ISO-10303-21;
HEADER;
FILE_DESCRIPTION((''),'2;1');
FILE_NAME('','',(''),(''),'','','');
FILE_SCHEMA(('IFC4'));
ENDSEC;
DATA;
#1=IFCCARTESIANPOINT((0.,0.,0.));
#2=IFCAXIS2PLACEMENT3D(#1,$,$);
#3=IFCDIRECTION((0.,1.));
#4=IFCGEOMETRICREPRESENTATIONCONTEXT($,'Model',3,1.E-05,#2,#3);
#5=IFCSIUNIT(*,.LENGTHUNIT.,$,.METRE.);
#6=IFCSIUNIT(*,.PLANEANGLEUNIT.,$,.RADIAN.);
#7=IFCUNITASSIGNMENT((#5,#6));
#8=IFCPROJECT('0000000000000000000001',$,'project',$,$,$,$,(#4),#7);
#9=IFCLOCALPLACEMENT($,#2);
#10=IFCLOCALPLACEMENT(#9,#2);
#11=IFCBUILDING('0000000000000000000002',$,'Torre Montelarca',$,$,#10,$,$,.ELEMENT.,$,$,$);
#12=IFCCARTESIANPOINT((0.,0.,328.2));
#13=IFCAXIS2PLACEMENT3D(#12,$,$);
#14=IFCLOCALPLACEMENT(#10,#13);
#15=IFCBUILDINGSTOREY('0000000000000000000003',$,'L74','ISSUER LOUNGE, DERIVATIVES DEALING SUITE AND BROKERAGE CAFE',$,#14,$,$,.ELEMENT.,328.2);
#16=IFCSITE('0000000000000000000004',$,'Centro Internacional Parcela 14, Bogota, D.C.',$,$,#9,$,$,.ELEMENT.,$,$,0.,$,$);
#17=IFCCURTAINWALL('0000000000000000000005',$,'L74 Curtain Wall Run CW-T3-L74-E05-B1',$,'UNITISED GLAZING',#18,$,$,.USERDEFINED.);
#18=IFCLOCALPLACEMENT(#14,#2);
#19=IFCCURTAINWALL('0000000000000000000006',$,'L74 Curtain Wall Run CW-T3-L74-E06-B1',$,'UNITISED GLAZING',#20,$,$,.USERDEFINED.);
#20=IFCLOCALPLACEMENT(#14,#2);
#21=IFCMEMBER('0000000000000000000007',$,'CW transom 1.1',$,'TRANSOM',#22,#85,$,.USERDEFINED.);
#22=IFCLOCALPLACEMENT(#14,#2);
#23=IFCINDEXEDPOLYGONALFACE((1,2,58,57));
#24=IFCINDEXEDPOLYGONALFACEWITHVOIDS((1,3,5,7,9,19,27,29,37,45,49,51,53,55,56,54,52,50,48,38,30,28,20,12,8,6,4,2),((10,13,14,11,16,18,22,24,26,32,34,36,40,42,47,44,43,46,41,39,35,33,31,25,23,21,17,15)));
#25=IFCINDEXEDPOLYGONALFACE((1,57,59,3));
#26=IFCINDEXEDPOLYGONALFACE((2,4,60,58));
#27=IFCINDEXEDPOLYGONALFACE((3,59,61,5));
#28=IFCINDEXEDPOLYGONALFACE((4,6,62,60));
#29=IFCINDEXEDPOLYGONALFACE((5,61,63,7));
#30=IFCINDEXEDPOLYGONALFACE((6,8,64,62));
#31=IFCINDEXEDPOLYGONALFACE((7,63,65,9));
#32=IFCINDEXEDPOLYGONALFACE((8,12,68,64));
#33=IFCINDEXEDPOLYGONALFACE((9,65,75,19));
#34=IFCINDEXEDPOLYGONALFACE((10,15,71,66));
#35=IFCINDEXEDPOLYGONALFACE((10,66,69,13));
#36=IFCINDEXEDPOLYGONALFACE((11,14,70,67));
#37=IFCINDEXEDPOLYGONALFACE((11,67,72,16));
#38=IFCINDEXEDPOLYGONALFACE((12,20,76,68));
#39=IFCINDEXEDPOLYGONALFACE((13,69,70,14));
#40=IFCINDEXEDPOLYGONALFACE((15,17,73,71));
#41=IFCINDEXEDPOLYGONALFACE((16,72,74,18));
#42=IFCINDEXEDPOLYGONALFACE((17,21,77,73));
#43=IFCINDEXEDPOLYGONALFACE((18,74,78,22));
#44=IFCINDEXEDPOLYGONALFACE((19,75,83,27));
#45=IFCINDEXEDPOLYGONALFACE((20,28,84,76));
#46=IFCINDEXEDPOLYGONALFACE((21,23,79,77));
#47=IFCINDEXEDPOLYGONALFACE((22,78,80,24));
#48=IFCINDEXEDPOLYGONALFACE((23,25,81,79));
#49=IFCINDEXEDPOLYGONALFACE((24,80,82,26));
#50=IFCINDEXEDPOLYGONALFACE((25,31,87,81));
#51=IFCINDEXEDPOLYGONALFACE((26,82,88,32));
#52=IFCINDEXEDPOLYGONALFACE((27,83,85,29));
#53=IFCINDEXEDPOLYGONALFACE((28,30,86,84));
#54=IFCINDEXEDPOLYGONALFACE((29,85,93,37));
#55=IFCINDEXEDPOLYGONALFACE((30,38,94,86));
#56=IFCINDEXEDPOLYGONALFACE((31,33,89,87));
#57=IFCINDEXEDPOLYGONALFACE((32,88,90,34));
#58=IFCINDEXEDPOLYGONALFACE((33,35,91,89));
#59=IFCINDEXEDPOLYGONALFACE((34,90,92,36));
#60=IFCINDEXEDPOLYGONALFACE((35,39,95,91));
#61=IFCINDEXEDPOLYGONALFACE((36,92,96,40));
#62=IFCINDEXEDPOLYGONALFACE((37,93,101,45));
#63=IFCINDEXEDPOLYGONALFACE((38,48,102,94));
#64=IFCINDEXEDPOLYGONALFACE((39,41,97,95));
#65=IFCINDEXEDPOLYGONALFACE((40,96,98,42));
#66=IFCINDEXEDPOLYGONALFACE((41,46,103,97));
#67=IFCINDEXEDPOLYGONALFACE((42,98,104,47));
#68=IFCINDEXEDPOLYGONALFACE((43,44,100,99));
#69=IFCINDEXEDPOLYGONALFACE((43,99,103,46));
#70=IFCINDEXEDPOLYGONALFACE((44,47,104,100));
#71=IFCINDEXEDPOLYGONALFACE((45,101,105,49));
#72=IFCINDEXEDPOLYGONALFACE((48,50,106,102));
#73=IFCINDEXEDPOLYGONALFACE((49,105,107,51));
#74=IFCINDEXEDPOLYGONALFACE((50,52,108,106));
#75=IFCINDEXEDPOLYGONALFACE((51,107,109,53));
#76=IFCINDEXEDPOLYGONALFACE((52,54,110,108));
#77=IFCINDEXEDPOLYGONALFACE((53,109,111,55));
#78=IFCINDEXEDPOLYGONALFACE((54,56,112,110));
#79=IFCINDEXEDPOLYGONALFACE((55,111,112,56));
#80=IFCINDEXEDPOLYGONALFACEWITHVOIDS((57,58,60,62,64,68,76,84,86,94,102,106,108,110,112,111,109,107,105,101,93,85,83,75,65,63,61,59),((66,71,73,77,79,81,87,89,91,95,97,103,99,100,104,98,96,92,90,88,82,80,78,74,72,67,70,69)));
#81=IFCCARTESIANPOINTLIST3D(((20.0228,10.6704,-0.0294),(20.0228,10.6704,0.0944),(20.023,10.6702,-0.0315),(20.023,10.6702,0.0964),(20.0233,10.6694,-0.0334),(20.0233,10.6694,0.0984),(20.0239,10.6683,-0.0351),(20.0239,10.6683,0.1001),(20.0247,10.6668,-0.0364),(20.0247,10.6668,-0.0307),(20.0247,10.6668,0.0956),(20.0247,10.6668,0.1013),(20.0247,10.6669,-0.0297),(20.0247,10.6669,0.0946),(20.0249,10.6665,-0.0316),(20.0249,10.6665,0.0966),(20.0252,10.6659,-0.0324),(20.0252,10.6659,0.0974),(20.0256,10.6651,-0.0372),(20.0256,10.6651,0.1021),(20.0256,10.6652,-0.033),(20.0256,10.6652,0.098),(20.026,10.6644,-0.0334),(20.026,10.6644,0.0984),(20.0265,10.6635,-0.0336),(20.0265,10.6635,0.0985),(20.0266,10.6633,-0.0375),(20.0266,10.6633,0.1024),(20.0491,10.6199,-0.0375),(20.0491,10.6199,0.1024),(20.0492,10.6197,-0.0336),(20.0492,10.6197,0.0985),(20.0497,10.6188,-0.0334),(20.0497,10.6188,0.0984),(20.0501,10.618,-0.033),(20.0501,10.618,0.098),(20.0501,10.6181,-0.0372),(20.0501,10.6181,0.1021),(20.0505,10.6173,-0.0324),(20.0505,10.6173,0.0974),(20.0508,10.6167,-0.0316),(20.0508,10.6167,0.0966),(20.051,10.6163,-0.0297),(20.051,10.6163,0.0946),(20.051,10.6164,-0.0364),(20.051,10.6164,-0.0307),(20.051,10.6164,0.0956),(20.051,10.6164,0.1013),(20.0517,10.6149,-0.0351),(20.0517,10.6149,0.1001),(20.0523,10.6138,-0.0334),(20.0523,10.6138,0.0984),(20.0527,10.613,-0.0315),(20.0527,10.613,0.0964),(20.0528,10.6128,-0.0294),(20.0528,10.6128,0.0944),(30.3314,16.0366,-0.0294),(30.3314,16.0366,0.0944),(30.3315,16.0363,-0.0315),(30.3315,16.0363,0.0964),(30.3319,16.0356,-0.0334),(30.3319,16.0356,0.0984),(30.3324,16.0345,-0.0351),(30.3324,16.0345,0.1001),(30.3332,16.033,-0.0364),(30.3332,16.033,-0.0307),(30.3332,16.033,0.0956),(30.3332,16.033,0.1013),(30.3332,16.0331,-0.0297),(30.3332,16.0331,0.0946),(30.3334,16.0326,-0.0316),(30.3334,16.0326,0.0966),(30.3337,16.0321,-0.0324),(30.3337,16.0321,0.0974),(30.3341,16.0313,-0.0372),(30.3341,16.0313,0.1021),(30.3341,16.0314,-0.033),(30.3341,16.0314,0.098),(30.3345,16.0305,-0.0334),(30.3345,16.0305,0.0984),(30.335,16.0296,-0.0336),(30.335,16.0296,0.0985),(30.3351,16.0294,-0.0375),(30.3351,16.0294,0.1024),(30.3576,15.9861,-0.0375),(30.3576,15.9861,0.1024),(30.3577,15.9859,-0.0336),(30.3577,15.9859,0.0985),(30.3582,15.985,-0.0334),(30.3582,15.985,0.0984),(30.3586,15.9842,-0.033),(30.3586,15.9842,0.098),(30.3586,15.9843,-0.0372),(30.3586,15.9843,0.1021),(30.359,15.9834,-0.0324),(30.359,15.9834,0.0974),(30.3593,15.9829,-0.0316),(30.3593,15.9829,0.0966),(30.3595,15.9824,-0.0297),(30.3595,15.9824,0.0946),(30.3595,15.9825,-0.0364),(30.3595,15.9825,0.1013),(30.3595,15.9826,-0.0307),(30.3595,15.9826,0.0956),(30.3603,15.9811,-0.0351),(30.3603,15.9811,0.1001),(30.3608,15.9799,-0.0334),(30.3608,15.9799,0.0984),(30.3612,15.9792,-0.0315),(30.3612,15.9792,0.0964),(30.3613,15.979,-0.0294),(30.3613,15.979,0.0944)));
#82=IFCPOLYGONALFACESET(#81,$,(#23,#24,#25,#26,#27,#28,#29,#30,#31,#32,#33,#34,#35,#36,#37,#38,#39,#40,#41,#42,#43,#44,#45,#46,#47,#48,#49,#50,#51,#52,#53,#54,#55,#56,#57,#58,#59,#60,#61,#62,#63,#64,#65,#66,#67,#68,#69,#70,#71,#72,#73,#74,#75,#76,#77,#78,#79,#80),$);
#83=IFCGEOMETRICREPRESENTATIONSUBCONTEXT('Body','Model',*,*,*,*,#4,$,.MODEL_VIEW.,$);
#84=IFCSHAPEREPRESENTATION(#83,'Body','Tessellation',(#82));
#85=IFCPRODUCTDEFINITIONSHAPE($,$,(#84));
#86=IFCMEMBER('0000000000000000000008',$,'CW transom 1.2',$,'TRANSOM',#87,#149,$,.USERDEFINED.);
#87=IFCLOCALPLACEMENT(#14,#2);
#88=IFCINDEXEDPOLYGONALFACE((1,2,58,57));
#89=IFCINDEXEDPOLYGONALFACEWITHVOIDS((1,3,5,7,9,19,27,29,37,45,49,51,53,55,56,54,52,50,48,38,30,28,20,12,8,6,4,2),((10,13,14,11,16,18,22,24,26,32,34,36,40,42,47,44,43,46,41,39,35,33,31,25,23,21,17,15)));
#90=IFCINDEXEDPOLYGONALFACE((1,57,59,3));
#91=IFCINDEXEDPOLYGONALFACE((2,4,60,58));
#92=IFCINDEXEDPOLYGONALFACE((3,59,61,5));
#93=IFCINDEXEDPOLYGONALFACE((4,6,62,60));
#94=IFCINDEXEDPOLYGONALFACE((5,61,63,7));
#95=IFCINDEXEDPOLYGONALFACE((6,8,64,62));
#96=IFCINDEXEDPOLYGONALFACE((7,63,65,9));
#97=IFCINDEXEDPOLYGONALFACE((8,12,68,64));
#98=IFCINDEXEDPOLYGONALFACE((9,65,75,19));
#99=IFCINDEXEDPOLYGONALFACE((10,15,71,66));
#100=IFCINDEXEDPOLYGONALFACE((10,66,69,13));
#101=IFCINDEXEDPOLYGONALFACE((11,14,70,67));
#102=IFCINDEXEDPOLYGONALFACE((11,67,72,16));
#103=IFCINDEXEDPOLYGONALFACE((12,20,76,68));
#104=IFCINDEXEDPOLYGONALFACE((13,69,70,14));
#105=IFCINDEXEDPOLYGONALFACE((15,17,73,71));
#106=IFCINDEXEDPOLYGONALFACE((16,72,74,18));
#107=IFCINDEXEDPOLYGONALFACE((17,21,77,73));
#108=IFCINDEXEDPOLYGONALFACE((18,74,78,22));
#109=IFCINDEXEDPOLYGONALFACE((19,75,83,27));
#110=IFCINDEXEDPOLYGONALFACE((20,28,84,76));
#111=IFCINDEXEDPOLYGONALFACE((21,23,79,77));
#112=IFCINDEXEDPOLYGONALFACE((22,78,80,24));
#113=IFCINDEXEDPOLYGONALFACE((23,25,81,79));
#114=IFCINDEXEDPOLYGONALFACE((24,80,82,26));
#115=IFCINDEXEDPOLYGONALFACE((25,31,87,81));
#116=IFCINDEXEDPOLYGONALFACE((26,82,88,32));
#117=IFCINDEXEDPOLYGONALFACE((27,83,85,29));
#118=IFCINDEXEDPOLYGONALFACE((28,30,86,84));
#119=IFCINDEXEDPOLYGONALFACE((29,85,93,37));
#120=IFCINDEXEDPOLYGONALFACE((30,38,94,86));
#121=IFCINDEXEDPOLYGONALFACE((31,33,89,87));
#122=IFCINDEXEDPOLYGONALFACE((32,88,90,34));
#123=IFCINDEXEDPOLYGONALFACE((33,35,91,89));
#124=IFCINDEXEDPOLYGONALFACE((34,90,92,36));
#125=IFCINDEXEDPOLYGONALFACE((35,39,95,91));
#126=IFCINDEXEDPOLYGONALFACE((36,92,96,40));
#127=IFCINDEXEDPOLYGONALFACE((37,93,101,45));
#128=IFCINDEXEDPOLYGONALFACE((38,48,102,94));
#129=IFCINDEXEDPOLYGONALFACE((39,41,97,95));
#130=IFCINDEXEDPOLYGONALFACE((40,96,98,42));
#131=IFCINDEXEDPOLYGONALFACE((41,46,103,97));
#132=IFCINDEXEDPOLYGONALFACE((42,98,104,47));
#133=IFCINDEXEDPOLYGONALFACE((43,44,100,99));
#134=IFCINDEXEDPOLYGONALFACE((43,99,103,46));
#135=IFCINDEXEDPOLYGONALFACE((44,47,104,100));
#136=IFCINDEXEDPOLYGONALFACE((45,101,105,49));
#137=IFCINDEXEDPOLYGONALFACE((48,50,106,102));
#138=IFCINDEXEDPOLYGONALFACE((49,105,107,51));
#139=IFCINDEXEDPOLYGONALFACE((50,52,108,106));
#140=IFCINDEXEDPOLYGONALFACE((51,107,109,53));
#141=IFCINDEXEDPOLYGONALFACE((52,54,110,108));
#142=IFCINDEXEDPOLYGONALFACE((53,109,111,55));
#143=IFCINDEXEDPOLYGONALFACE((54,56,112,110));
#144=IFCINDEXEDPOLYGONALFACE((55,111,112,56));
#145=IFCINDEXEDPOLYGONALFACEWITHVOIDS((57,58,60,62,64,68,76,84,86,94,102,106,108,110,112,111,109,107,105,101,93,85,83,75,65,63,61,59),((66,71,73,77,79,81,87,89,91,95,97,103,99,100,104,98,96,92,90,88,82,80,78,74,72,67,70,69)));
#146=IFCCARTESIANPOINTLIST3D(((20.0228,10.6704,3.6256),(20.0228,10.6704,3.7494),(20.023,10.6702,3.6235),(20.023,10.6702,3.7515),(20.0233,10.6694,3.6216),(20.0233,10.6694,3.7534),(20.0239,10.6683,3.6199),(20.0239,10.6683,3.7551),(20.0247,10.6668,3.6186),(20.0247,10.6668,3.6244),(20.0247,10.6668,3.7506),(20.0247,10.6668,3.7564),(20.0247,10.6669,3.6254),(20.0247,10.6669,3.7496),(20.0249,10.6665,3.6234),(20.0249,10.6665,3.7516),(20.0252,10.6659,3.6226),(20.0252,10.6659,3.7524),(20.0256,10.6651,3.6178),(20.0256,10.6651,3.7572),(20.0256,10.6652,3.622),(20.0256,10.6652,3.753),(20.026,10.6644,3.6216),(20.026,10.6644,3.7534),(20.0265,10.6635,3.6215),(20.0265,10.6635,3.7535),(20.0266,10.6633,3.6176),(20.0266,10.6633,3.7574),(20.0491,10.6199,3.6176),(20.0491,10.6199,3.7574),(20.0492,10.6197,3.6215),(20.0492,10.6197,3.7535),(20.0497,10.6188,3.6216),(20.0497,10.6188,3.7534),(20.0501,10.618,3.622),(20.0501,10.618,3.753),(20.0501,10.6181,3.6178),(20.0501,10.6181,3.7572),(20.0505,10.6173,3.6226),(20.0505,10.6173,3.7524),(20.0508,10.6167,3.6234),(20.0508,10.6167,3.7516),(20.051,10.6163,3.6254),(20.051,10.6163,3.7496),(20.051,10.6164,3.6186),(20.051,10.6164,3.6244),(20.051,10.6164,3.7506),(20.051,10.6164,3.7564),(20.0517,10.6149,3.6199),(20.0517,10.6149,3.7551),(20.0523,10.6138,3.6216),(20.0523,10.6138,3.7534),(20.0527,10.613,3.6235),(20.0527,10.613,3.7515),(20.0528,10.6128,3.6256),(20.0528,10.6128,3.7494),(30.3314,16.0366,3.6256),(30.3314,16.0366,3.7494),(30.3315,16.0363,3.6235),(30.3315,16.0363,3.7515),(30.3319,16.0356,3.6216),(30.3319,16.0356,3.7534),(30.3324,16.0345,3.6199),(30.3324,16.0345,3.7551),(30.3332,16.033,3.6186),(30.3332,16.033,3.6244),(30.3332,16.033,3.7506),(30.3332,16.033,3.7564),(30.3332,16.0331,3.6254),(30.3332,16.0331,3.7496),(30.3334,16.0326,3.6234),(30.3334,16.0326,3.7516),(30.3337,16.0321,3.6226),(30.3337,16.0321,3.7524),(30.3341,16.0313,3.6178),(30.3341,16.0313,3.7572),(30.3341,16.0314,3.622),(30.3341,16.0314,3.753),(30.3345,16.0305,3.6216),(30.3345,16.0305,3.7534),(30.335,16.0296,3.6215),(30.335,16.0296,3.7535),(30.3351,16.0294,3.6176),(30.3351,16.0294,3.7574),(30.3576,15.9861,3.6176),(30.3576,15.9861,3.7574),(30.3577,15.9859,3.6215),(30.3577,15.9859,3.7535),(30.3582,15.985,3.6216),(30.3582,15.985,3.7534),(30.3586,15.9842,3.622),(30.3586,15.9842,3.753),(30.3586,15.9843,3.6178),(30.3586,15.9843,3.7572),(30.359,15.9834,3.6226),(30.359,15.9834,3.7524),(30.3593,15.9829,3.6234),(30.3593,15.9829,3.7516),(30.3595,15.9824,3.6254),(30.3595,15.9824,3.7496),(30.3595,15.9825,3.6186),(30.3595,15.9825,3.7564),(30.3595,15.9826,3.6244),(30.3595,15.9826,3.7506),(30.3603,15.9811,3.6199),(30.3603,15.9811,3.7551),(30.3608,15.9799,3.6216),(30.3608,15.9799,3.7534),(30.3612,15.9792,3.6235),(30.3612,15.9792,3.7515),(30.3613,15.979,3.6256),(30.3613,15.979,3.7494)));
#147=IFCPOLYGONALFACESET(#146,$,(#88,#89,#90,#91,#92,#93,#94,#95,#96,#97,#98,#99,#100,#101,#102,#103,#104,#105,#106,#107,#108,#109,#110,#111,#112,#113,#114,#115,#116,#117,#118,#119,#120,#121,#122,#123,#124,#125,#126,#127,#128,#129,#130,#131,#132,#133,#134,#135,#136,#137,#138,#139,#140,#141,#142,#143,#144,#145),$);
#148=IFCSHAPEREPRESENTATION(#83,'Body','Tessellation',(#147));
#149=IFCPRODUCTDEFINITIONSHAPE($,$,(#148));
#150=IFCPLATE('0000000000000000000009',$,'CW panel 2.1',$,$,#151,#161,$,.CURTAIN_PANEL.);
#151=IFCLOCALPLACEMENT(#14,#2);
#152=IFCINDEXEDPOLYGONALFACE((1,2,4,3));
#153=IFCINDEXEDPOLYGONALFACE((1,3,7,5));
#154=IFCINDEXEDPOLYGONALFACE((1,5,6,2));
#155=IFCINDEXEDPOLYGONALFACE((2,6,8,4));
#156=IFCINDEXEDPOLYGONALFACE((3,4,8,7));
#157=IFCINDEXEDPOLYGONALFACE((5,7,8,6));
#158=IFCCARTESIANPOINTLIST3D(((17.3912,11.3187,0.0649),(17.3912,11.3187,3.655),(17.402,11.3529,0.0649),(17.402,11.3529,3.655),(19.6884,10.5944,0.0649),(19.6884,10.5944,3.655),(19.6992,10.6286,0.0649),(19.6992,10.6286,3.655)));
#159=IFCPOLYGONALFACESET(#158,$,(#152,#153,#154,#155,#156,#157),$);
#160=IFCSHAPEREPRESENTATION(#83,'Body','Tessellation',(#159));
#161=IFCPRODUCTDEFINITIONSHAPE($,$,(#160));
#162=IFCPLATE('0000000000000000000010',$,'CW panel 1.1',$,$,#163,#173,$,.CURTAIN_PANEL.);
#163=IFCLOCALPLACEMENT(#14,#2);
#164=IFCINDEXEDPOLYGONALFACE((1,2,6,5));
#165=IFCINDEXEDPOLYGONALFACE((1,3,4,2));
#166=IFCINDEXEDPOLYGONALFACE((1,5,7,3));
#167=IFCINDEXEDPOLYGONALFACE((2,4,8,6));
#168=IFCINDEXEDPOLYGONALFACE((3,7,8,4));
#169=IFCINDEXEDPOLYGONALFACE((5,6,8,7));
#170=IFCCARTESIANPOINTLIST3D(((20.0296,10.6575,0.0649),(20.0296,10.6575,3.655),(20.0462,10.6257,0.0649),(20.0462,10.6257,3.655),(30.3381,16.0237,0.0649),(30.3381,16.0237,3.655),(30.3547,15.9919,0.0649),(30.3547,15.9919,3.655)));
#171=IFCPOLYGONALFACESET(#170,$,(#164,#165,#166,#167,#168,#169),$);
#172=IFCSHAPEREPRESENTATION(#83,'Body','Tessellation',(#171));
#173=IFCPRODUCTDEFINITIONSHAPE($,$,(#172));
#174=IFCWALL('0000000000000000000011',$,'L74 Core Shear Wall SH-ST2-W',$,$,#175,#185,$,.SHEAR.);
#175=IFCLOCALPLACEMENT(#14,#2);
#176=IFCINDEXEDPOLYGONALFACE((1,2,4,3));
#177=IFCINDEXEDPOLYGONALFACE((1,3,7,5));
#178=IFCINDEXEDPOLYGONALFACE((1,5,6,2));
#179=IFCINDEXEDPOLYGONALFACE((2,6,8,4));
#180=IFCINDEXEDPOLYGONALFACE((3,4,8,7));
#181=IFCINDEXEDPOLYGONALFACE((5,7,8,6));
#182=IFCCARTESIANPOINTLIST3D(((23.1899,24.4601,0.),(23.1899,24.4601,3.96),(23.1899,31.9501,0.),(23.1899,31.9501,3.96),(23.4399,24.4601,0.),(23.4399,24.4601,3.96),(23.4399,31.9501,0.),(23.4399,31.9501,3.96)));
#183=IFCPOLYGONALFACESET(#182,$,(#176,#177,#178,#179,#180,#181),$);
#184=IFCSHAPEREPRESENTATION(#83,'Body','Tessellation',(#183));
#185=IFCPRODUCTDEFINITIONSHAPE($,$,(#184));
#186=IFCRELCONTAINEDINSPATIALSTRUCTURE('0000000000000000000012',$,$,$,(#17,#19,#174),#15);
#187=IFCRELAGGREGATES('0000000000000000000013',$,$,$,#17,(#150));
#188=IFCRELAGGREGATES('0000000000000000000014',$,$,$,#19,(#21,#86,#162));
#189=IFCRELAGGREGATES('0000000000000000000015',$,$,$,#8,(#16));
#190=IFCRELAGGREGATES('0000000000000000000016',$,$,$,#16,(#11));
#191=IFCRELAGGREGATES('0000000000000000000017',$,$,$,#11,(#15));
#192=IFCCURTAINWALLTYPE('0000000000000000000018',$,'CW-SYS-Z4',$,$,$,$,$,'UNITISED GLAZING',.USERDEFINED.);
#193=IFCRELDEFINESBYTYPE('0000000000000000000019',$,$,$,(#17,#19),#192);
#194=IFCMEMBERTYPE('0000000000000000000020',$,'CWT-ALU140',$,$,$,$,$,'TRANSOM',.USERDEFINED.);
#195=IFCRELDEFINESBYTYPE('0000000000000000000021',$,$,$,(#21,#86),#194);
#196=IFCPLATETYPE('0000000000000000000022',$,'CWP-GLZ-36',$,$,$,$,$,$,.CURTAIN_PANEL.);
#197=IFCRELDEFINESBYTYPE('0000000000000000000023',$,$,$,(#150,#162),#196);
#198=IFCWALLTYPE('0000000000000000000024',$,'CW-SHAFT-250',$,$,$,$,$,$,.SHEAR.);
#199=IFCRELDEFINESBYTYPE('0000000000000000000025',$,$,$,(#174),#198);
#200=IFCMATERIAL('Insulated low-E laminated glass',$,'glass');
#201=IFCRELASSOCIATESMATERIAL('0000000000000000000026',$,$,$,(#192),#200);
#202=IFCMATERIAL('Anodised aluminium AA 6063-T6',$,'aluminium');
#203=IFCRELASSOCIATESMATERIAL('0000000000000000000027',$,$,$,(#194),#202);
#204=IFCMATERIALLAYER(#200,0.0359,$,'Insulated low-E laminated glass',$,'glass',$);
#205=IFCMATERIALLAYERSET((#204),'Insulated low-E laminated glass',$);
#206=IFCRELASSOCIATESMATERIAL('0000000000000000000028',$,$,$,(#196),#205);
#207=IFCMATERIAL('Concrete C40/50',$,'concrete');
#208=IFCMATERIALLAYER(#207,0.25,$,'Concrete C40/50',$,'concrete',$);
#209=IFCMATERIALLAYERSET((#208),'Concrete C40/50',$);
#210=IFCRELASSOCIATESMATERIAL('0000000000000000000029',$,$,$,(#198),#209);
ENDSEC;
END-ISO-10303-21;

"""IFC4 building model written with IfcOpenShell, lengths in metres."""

from ifc_helpers import new_model, si_unit, direction, frame, frame_2d, origin, origin_2d, place, context, subcontext, project, spatial, rectangle, hollow_rectangle, extrude, source, transform, mapped, material, layer, layer_set, material_profile, profile_set, type_object, element, aggregate, save


model = new_model("IFC4")

# Units and contexts
model_context = context("Model", 3, precision=1e-05, world=origin(), true_north=direction((0.0, 1.0)))
body_context = subcontext(model_context, "Body", "Model", "MODEL_VIEW")
ifc_project = project(units=[si_unit("LENGTHUNIT", "METRE"), si_unit("PLANEANGLEUNIT", "RADIAN")], contexts=[model_context])

# Site, building, storey
site_placement = place(None, origin())
site = spatial("IfcSite", under=ifc_project, at=site_placement, Name="Centro Internacional Parcela 14, Bogota, D.C.", CompositionType="ELEMENT", RefElevation=0.0)
building_placement = place(site_placement, origin())
building = spatial("IfcBuilding", under=site, at=building_placement, Name="Torre Montelarca", CompositionType="ELEMENT")
storey_placement = place(building_placement, frame((0.0, 0.0, 328.2)))
storey = spatial("IfcBuildingStorey", under=building, at=storey_placement, Name="L74", Description="ISSUER LOUNGE, DERIVATIVES DEALING SUITE AND BROKERAGE CAFE", CompositionType="ELEMENT", Elevation=328.2)

# Curtain walls
ifc_material_1 = material(Name="Insulated low-E laminated glass", Category="glass")
curtain_wall_type = type_object("IfcCurtainWallType", Name="CW-SYS-Z4", ElementType="UNITISED GLAZING", PredefinedType="USERDEFINED", material=ifc_material_1)
curtain_wall_1_placement = place(storey_placement, origin())
curtain_wall_1 = element("IfcCurtainWall", 1, at=curtain_wall_1_placement, inside=storey, type_object=curtain_wall_type, Name="L74 Curtain Wall Run CW-T3-L74-E05-B1", ObjectType="UNITISED GLAZING", PredefinedType="USERDEFINED")
ifc_material_2 = material(Name="Anodised aluminium AA 6063-T6", Category="aluminium")
curtain_wall_2_placement = place(storey_placement, origin())
curtain_wall_2 = element("IfcCurtainWall", 2, at=curtain_wall_2_placement, inside=storey, type_object=curtain_wall_type, Name="L74 Curtain Wall Run CW-T3-L74-E06-B1", ObjectType="UNITISED GLAZING", PredefinedType="USERDEFINED")

# Members
ifc_material_profile_1 = material_profile(ifc_material_2, hollow_rectangle(XDim=0.0649, YDim=0.1399, WallThickness=0.0039, InnerFilletRadius=0.0039, OuterFilletRadius=0.0081, at=origin_2d()), Name="ALU65X140X4", Category="aluminium")
ifc_profile_set_1 = profile_set([ifc_material_profile_1], Name="Anodised aluminium AA 6063-T6")
member_type_1 = type_object("IfcMemberType", Name="CWT-ALU140", ElementType="TRANSOM", PredefinedType="USERDEFINED", material=ifc_profile_set_1)
shared_shape_1 = source(origin(), body_context, "Body", "SweptSolid", [
    extrude(hollow_rectangle(XDim=0.0649, YDim=0.1399, WallThickness=0.0039, InnerFilletRadius=0.0039, OuterFilletRadius=0.0081, at=origin_2d()), origin(), (0.0, 0.0, 1.0), 11.6216),
])
member_1_placement = place(storey_placement, frame((20.0378, 10.6416, 0.0325), z_axis=(0.887014, 0.461742, 0.0), x_axis=(-0.461742, 0.887014, 0.0)))
member_1 = element("IfcMember", 3, at=member_1_placement, type_object=member_type_1, Name="CW transom 1.1", ObjectType="TRANSOM", PredefinedType="USERDEFINED", context=body_context, shape_type="MappedRepresentation", body=[
    mapped(shared_shape_1, transform((0.0, 0.0, 0.0), scale=1.0)),
])
member_2_placement = place(storey_placement, frame((20.0378, 10.6416, 3.6875), z_axis=(0.887014, 0.461742, 0.0), x_axis=(-0.461742, 0.887014, 0.0)))
member_2 = element("IfcMember", 4, at=member_2_placement, type_object=member_type_1, Name="CW transom 1.2", ObjectType="TRANSOM", PredefinedType="USERDEFINED", context=body_context, shape_type="MappedRepresentation", body=[
    mapped(shared_shape_1, transform((0.0, 0.0, 0.0), scale=1.0)),
])

# Plates
ifc_layer_1 = layer(ifc_material_1, 0.0359, Name="Insulated low-E laminated glass", Category="glass")
ifc_layer_set_1 = layer_set([ifc_layer_1], Name="Insulated low-E laminated glass")
plate_type = type_object("IfcPlateType", Name="CWP-GLZ-36", PredefinedType="CURTAIN_PANEL", material=ifc_layer_set_1)
shared_shape_2 = source(origin(), body_context, "Body", "SweptSolid", [
    extrude(rectangle(XDim=2.4087, YDim=0.0359, at=origin_2d()), origin(), (0.0, 0.0, 1.0), 3.5901),
])
plate_1_placement = place(storey_placement, frame((18.5452, 10.9736, 0.0649), z_axis=(0.0, 0.0, 1.0), x_axis=(0.953721, -0.300693, 0.0)))
plate_1 = element("IfcPlate", 5, at=plate_1_placement, type_object=plate_type, Name="CW panel 2.1", PredefinedType="CURTAIN_PANEL", context=body_context, shape_type="MappedRepresentation", body=[
    mapped(shared_shape_2, transform((0.0, 0.0, 0.0), scale=1.0)),
])
aggregate(curtain_wall_1, [plate_1])
shared_shape_3 = source(origin(), body_context, "Body", "SweptSolid", [
    extrude(rectangle(XDim=11.6216, YDim=0.0359, at=origin_2d()), origin(), (0.0, 0.0, 1.0), 3.5901),
])
plate_2_placement = place(storey_placement, frame((25.1921, 13.3247, 0.0649), z_axis=(0.0, 0.0, 1.0), x_axis=(0.887012, 0.461746, 0.0)))
plate_2 = element("IfcPlate", 6, at=plate_2_placement, type_object=plate_type, Name="CW panel 1.1", PredefinedType="CURTAIN_PANEL", context=body_context, shape_type="MappedRepresentation", body=[
    mapped(shared_shape_3, transform((0.0, 0.0, 0.0), scale=1.0)),
])
aggregate(curtain_wall_2, [member_1, member_2, plate_2])

# Wall
ifc_material_3 = material(Name="Concrete C40/50", Category="concrete")
ifc_layer_2 = layer(ifc_material_3, 0.25, Name="Concrete C40/50", Category="concrete")
ifc_layer_set_2 = layer_set([ifc_layer_2], Name="Concrete C40/50")
wall_type_1 = type_object("IfcWallType", Name="CW-SHAFT-250", PredefinedType="SHEAR", material=ifc_layer_set_2)
wall_1_placement = place(storey_placement, frame((23.3149, 24.46, 0.0), z_axis=(0.0, 0.0, 1.0), x_axis=(0.0, 1.0, 0.0)))
element("IfcWall", 7, at=wall_1_placement, inside=storey, type_object=wall_type_1, Name="L74 Core Shear Wall SH-ST2-W", PredefinedType="SHEAR", context=body_context, shape_type="SweptSolid", body=[
    extrude(rectangle(XDim=7.49, YDim=0.25, at=frame_2d((3.7451, 0.0))), origin(), (0.0, 0.0, 1.0), 3.96),
])

save(model, "model.ifc")
